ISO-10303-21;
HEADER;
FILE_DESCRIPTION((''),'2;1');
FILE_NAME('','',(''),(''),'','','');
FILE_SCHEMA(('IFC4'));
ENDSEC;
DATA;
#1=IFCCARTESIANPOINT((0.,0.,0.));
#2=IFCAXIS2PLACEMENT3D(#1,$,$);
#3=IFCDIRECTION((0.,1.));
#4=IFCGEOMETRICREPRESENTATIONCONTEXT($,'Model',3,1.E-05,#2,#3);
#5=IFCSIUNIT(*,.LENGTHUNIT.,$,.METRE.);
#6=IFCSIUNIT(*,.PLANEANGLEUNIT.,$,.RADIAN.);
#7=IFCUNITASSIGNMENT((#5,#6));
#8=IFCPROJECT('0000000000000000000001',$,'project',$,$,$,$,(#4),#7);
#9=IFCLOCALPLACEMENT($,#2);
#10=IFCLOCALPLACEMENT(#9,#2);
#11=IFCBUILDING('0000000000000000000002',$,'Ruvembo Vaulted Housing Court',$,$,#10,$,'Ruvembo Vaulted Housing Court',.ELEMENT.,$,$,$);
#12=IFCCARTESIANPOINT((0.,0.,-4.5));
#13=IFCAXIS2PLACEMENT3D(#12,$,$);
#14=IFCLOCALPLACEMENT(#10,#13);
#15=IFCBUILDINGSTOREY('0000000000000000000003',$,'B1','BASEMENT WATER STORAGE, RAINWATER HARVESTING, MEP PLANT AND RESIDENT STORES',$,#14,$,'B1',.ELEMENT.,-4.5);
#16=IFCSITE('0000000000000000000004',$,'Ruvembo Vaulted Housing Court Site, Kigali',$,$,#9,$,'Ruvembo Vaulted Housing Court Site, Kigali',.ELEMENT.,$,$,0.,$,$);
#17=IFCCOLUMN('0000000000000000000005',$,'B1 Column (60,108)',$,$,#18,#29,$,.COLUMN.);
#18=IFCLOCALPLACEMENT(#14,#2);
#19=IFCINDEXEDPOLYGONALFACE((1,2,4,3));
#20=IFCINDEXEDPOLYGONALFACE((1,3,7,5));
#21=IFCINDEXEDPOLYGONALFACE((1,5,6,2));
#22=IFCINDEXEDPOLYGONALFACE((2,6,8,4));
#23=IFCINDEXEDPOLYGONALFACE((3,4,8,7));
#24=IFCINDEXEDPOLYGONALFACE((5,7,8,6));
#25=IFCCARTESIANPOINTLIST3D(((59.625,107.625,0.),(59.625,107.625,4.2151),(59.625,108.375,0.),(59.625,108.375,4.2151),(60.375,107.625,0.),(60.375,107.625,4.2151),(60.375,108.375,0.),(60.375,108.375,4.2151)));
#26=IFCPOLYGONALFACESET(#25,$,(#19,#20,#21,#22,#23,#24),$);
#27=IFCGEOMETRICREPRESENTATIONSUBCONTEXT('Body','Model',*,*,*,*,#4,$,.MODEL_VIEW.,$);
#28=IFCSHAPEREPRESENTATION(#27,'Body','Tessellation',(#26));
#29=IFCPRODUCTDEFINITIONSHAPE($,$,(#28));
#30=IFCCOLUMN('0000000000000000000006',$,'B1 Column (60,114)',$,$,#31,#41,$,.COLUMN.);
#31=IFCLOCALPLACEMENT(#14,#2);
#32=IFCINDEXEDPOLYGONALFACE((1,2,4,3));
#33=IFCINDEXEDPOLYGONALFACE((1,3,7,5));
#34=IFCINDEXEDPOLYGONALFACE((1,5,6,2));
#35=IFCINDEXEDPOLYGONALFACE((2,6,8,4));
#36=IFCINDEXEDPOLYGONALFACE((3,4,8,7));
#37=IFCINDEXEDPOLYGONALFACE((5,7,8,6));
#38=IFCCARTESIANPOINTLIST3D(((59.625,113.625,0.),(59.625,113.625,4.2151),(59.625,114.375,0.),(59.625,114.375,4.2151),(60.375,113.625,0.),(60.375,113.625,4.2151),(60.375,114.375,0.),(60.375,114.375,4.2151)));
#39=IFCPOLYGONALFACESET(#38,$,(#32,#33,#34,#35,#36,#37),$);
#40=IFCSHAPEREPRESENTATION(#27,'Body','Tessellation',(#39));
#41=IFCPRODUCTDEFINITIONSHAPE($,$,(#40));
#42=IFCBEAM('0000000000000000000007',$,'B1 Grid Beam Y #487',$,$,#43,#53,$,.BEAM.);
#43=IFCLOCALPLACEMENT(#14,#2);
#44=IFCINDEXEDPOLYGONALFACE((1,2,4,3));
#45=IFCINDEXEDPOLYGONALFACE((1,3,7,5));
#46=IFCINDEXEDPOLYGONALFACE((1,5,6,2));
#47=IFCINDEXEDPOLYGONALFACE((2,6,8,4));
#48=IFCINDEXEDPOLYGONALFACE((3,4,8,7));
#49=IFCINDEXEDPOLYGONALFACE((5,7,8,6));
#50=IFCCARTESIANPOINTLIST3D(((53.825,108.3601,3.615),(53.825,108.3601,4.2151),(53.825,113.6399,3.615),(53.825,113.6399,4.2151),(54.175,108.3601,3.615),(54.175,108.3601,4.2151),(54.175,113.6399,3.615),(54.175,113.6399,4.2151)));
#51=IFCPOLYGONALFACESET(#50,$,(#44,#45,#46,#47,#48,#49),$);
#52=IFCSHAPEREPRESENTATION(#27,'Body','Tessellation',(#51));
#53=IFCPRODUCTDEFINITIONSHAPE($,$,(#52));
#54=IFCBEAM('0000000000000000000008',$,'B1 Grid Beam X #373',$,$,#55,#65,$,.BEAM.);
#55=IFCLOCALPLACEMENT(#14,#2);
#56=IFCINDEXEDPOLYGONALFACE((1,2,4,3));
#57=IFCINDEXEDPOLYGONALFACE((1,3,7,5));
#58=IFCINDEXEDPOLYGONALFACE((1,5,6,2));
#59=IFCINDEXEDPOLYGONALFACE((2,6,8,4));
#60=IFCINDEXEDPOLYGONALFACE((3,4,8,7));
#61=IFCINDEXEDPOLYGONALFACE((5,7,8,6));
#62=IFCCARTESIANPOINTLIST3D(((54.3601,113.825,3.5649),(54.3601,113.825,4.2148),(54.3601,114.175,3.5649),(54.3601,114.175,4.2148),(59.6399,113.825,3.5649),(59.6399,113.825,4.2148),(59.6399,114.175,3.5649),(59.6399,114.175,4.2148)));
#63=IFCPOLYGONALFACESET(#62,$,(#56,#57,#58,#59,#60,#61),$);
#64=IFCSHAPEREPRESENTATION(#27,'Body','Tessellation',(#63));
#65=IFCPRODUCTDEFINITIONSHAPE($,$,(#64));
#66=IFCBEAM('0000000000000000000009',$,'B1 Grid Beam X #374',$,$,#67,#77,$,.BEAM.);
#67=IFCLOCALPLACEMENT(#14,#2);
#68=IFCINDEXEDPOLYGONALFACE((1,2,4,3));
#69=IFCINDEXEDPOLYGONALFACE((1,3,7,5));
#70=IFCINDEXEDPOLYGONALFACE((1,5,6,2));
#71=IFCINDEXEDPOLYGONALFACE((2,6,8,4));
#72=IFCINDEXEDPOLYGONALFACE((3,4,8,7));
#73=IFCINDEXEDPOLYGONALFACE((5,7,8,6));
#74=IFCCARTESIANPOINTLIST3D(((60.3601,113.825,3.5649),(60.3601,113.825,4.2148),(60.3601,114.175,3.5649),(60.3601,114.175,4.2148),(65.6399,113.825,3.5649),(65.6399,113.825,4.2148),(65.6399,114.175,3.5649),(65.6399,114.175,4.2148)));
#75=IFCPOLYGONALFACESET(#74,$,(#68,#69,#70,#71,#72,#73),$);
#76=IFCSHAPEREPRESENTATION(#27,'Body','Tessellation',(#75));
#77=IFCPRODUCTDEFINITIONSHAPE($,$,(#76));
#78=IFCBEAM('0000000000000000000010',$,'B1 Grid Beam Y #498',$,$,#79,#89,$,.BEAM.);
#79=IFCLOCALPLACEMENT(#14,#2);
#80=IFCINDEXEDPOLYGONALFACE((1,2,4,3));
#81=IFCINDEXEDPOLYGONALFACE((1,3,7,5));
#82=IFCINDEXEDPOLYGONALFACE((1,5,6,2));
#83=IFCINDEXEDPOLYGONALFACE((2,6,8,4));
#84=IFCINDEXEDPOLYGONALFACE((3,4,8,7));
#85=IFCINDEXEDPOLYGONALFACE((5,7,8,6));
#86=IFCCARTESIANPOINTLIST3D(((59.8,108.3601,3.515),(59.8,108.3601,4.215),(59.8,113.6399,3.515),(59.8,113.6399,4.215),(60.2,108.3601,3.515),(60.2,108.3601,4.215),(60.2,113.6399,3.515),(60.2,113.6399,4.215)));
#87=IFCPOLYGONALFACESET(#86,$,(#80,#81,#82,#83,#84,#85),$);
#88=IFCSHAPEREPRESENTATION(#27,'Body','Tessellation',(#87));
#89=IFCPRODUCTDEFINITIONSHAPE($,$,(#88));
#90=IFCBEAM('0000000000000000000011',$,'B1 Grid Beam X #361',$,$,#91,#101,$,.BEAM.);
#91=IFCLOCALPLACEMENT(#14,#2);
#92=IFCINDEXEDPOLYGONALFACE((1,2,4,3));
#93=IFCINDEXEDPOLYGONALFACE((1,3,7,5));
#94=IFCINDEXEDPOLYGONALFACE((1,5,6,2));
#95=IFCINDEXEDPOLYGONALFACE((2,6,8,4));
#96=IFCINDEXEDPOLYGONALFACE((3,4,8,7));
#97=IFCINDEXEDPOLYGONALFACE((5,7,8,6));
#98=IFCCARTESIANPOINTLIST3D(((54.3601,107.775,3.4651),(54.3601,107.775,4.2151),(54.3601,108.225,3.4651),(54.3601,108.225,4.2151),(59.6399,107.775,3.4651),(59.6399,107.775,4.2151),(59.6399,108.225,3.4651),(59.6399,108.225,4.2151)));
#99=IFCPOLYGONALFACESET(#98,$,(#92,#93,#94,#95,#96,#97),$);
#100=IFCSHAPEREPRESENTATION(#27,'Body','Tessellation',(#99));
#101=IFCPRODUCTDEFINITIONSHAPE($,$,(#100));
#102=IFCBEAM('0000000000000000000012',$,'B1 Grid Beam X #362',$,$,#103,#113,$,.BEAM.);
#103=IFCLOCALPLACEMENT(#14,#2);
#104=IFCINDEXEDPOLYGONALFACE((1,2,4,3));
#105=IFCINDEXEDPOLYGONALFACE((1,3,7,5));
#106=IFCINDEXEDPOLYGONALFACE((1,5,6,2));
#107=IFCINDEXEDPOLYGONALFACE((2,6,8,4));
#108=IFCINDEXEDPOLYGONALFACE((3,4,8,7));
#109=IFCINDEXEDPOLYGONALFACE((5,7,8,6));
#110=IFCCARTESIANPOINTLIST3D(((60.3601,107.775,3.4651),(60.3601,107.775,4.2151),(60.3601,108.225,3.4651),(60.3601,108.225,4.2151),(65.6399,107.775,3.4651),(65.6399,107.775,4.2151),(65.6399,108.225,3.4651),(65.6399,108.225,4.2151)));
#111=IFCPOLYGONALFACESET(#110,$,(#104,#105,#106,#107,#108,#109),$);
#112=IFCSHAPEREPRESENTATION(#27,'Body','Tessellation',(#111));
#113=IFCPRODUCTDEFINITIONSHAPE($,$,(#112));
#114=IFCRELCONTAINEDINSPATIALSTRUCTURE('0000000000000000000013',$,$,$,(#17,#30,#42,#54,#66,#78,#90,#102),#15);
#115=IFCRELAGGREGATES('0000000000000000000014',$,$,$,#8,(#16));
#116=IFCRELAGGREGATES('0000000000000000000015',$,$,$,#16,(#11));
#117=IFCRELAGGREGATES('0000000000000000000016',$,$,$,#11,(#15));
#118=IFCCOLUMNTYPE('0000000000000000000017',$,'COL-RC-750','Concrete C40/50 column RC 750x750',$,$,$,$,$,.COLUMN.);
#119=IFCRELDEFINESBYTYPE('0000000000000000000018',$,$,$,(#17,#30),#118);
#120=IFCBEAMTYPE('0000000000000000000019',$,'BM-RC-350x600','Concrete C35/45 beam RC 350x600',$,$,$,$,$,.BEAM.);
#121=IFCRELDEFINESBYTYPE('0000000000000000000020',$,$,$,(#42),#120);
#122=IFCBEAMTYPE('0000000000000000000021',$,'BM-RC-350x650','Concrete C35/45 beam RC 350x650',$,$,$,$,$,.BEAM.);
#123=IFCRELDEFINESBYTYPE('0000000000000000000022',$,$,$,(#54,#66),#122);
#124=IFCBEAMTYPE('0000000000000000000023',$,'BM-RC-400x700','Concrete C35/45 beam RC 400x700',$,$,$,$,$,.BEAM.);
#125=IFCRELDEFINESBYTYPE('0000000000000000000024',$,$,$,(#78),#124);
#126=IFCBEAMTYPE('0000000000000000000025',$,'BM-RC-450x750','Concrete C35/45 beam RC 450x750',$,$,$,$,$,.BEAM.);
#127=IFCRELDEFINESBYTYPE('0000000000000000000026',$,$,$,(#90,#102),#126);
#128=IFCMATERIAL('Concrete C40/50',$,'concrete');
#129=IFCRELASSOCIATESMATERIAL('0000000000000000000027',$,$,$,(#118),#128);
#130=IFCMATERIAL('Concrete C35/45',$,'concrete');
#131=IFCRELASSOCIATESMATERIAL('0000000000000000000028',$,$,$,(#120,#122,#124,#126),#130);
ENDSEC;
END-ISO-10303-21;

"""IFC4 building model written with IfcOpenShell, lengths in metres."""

from ifc_helpers import new_model, si_unit, direction, frame, origin, origin_2d, place, context, subcontext, project, spatial, rectangle, extrude, material, material_profile, profile_set, type_object, element, save


model = new_model("IFC4")

# Units and contexts
model_context = context("Model", 3, precision=1e-05, world=origin(), true_north=direction((0.0, 1.0)))
body_context = subcontext(model_context, "Body", "Model", "MODEL_VIEW")
ifc_project = project(units=[si_unit("LENGTHUNIT", "METRE"), si_unit("PLANEANGLEUNIT", "RADIAN")], contexts=[model_context])

# Site, building, storey
site_placement = place(None, origin())
site = spatial("IfcSite", under=ifc_project, at=site_placement, Name="Ruvembo Vaulted Housing Court Site, Kigali", LongName="Ruvembo Vaulted Housing Court Site, Kigali", CompositionType="ELEMENT", RefElevation=0.0)
building_placement = place(site_placement, origin())
building = spatial("IfcBuilding", under=site, at=building_placement, Name="Ruvembo Vaulted Housing Court", LongName="Ruvembo Vaulted Housing Court", CompositionType="ELEMENT")
storey_placement = place(building_placement, frame((0.0, 0.0, -4.5)))
storey = spatial("IfcBuildingStorey", under=building, at=storey_placement, Name="B1", Description="BASEMENT WATER STORAGE, RAINWATER HARVESTING, MEP PLANT AND RESIDENT STORES", LongName="B1", CompositionType="ELEMENT", Elevation=-4.5)

# Shared definitions
ifc_material_1 = material(Name="Concrete C35/45", Category="concrete")

# Columns
ifc_material_2 = material(Name="Concrete C40/50", Category="concrete")
ifc_material_profile_1 = material_profile(ifc_material_2, rectangle(XDim=0.75, YDim=0.75, at=origin_2d()), Name="RC 750x750")
ifc_profile_set_1 = profile_set([ifc_material_profile_1], Name="Concrete C40/50")
column_type = type_object("IfcColumnType", Name="COL-RC-750", Description="Concrete C40/50 column RC 750x750", PredefinedType="COLUMN", material=ifc_profile_set_1)
for number, where, z_axis, x_axis, name in (
    (1, (60.0, 108.0, 0.0), (0.0, 0.0, 1.0), (1.0, 0.0, 0.0), "B1 Column (60,108)"),
    (2, (60.0, 114.0, 0.0), (0.0, 0.0, 1.0), (1.0, 0.0, 0.0), "B1 Column (60,114)"),
):
    element("IfcColumn", number, at=place(storey_placement, frame(where, z_axis=z_axis, x_axis=x_axis)), inside=storey, type_object=column_type, Name=name, PredefinedType="COLUMN", context=body_context, shape_type="SweptSolid", body=[
        extrude(rectangle(XDim=0.75, YDim=0.75, at=origin_2d()), origin(), (0.0, 0.0, 1.0), 4.2151),
    ])

# Beams
ifc_material_profile_2 = material_profile(ifc_material_1, rectangle(XDim=0.3501, YDim=0.6001, at=origin_2d()), Name="RC 350x600")
ifc_profile_set_2 = profile_set([ifc_material_profile_2], Name="Concrete C35/45")
beam_type_1 = type_object("IfcBeamType", Name="BM-RC-350x600", Description="Concrete C35/45 beam RC 350x600", PredefinedType="BEAM", material=ifc_profile_set_2)
beam_1_placement = place(storey_placement, frame((54.0, 108.3601, 3.915), z_axis=(0.0, 1.0, 0.0), x_axis=(-1.0, 0.0, 0.0)))
element("IfcBeam", 3, at=beam_1_placement, inside=storey, type_object=beam_type_1, Name="B1 Grid Beam Y #487", PredefinedType="BEAM", context=body_context, shape_type="SweptSolid", body=[
    extrude(rectangle(XDim=0.3501, YDim=0.6001, at=origin_2d()), origin(), (0.0, 0.0, 1.0), 5.2798),
])
ifc_material_profile_3 = material_profile(ifc_material_1, rectangle(XDim=0.3501, YDim=0.6499, at=origin_2d()), Name="RC 350x650")
ifc_profile_set_3 = profile_set([ifc_material_profile_3], Name="Concrete C35/45")
beam_type_2 = type_object("IfcBeamType", Name="BM-RC-350x650", Description="Concrete C35/45 beam RC 350x650", PredefinedType="BEAM", material=ifc_profile_set_3)
for number, where, z_axis, x_axis, name in (
    (4, (54.3601, 114.0, 3.8899), (1.0, 0.0, 0.0), (0.0, 1.0, 0.0), "B1 Grid Beam X #373"),
    (5, (60.3601, 114.0, 3.8899), (1.0, 0.0, 0.0), (0.0, 1.0, 0.0), "B1 Grid Beam X #374"),
):
    element("IfcBeam", number, at=place(storey_placement, frame(where, z_axis=z_axis, x_axis=x_axis)), inside=storey, type_object=beam_type_2, Name=name, PredefinedType="BEAM", context=body_context, shape_type="SweptSolid", body=[
        extrude(rectangle(XDim=0.3501, YDim=0.6499, at=origin_2d()), origin(), (0.0, 0.0, 1.0), 5.2798),
    ])
ifc_material_profile_4 = material_profile(ifc_material_1, rectangle(XDim=0.3999, YDim=0.7, at=origin_2d()), Name="RC 400x700")
ifc_profile_set_4 = profile_set([ifc_material_profile_4], Name="Concrete C35/45")
beam_type_3 = type_object("IfcBeamType", Name="BM-RC-400x700", Description="Concrete C35/45 beam RC 400x700", PredefinedType="BEAM", material=ifc_profile_set_4)
beam_2_placement = place(storey_placement, frame((60.0, 108.3601, 3.865), z_axis=(0.0, 1.0, 0.0), x_axis=(-1.0, 0.0, 0.0)))
element("IfcBeam", 6, at=beam_2_placement, inside=storey, type_object=beam_type_3, Name="B1 Grid Beam Y #498", PredefinedType="BEAM", context=body_context, shape_type="SweptSolid", body=[
    extrude(rectangle(XDim=0.3999, YDim=0.7, at=origin_2d()), origin(), (0.0, 0.0, 1.0), 5.2798),
])
ifc_material_profile_5 = material_profile(ifc_material_1, rectangle(XDim=0.45, YDim=0.75, at=origin_2d()), Name="RC 450x750")
ifc_profile_set_5 = profile_set([ifc_material_profile_5], Name="Concrete C35/45")
beam_type_4 = type_object("IfcBeamType", Name="BM-RC-450x750", Description="Concrete C35/45 beam RC 450x750", PredefinedType="BEAM", material=ifc_profile_set_5)
for number, where, z_axis, x_axis, name in (
    (7, (54.3601, 108.0, 3.8401), (1.0, 0.0, 0.0), (0.0, 1.0, 0.0), "B1 Grid Beam X #361"),
    (8, (60.3601, 108.0, 3.8401), (1.0, 0.0, 0.0), (0.0, 1.0, 0.0), "B1 Grid Beam X #362"),
):
    element("IfcBeam", number, at=place(storey_placement, frame(where, z_axis=z_axis, x_axis=x_axis)), inside=storey, type_object=beam_type_4, Name=name, PredefinedType="BEAM", context=body_context, shape_type="SweptSolid", body=[
        extrude(rectangle(XDim=0.45, YDim=0.75, at=origin_2d()), origin(), (0.0, 0.0, 1.0), 5.2798),
    ])

save(model, "model.ifc")
